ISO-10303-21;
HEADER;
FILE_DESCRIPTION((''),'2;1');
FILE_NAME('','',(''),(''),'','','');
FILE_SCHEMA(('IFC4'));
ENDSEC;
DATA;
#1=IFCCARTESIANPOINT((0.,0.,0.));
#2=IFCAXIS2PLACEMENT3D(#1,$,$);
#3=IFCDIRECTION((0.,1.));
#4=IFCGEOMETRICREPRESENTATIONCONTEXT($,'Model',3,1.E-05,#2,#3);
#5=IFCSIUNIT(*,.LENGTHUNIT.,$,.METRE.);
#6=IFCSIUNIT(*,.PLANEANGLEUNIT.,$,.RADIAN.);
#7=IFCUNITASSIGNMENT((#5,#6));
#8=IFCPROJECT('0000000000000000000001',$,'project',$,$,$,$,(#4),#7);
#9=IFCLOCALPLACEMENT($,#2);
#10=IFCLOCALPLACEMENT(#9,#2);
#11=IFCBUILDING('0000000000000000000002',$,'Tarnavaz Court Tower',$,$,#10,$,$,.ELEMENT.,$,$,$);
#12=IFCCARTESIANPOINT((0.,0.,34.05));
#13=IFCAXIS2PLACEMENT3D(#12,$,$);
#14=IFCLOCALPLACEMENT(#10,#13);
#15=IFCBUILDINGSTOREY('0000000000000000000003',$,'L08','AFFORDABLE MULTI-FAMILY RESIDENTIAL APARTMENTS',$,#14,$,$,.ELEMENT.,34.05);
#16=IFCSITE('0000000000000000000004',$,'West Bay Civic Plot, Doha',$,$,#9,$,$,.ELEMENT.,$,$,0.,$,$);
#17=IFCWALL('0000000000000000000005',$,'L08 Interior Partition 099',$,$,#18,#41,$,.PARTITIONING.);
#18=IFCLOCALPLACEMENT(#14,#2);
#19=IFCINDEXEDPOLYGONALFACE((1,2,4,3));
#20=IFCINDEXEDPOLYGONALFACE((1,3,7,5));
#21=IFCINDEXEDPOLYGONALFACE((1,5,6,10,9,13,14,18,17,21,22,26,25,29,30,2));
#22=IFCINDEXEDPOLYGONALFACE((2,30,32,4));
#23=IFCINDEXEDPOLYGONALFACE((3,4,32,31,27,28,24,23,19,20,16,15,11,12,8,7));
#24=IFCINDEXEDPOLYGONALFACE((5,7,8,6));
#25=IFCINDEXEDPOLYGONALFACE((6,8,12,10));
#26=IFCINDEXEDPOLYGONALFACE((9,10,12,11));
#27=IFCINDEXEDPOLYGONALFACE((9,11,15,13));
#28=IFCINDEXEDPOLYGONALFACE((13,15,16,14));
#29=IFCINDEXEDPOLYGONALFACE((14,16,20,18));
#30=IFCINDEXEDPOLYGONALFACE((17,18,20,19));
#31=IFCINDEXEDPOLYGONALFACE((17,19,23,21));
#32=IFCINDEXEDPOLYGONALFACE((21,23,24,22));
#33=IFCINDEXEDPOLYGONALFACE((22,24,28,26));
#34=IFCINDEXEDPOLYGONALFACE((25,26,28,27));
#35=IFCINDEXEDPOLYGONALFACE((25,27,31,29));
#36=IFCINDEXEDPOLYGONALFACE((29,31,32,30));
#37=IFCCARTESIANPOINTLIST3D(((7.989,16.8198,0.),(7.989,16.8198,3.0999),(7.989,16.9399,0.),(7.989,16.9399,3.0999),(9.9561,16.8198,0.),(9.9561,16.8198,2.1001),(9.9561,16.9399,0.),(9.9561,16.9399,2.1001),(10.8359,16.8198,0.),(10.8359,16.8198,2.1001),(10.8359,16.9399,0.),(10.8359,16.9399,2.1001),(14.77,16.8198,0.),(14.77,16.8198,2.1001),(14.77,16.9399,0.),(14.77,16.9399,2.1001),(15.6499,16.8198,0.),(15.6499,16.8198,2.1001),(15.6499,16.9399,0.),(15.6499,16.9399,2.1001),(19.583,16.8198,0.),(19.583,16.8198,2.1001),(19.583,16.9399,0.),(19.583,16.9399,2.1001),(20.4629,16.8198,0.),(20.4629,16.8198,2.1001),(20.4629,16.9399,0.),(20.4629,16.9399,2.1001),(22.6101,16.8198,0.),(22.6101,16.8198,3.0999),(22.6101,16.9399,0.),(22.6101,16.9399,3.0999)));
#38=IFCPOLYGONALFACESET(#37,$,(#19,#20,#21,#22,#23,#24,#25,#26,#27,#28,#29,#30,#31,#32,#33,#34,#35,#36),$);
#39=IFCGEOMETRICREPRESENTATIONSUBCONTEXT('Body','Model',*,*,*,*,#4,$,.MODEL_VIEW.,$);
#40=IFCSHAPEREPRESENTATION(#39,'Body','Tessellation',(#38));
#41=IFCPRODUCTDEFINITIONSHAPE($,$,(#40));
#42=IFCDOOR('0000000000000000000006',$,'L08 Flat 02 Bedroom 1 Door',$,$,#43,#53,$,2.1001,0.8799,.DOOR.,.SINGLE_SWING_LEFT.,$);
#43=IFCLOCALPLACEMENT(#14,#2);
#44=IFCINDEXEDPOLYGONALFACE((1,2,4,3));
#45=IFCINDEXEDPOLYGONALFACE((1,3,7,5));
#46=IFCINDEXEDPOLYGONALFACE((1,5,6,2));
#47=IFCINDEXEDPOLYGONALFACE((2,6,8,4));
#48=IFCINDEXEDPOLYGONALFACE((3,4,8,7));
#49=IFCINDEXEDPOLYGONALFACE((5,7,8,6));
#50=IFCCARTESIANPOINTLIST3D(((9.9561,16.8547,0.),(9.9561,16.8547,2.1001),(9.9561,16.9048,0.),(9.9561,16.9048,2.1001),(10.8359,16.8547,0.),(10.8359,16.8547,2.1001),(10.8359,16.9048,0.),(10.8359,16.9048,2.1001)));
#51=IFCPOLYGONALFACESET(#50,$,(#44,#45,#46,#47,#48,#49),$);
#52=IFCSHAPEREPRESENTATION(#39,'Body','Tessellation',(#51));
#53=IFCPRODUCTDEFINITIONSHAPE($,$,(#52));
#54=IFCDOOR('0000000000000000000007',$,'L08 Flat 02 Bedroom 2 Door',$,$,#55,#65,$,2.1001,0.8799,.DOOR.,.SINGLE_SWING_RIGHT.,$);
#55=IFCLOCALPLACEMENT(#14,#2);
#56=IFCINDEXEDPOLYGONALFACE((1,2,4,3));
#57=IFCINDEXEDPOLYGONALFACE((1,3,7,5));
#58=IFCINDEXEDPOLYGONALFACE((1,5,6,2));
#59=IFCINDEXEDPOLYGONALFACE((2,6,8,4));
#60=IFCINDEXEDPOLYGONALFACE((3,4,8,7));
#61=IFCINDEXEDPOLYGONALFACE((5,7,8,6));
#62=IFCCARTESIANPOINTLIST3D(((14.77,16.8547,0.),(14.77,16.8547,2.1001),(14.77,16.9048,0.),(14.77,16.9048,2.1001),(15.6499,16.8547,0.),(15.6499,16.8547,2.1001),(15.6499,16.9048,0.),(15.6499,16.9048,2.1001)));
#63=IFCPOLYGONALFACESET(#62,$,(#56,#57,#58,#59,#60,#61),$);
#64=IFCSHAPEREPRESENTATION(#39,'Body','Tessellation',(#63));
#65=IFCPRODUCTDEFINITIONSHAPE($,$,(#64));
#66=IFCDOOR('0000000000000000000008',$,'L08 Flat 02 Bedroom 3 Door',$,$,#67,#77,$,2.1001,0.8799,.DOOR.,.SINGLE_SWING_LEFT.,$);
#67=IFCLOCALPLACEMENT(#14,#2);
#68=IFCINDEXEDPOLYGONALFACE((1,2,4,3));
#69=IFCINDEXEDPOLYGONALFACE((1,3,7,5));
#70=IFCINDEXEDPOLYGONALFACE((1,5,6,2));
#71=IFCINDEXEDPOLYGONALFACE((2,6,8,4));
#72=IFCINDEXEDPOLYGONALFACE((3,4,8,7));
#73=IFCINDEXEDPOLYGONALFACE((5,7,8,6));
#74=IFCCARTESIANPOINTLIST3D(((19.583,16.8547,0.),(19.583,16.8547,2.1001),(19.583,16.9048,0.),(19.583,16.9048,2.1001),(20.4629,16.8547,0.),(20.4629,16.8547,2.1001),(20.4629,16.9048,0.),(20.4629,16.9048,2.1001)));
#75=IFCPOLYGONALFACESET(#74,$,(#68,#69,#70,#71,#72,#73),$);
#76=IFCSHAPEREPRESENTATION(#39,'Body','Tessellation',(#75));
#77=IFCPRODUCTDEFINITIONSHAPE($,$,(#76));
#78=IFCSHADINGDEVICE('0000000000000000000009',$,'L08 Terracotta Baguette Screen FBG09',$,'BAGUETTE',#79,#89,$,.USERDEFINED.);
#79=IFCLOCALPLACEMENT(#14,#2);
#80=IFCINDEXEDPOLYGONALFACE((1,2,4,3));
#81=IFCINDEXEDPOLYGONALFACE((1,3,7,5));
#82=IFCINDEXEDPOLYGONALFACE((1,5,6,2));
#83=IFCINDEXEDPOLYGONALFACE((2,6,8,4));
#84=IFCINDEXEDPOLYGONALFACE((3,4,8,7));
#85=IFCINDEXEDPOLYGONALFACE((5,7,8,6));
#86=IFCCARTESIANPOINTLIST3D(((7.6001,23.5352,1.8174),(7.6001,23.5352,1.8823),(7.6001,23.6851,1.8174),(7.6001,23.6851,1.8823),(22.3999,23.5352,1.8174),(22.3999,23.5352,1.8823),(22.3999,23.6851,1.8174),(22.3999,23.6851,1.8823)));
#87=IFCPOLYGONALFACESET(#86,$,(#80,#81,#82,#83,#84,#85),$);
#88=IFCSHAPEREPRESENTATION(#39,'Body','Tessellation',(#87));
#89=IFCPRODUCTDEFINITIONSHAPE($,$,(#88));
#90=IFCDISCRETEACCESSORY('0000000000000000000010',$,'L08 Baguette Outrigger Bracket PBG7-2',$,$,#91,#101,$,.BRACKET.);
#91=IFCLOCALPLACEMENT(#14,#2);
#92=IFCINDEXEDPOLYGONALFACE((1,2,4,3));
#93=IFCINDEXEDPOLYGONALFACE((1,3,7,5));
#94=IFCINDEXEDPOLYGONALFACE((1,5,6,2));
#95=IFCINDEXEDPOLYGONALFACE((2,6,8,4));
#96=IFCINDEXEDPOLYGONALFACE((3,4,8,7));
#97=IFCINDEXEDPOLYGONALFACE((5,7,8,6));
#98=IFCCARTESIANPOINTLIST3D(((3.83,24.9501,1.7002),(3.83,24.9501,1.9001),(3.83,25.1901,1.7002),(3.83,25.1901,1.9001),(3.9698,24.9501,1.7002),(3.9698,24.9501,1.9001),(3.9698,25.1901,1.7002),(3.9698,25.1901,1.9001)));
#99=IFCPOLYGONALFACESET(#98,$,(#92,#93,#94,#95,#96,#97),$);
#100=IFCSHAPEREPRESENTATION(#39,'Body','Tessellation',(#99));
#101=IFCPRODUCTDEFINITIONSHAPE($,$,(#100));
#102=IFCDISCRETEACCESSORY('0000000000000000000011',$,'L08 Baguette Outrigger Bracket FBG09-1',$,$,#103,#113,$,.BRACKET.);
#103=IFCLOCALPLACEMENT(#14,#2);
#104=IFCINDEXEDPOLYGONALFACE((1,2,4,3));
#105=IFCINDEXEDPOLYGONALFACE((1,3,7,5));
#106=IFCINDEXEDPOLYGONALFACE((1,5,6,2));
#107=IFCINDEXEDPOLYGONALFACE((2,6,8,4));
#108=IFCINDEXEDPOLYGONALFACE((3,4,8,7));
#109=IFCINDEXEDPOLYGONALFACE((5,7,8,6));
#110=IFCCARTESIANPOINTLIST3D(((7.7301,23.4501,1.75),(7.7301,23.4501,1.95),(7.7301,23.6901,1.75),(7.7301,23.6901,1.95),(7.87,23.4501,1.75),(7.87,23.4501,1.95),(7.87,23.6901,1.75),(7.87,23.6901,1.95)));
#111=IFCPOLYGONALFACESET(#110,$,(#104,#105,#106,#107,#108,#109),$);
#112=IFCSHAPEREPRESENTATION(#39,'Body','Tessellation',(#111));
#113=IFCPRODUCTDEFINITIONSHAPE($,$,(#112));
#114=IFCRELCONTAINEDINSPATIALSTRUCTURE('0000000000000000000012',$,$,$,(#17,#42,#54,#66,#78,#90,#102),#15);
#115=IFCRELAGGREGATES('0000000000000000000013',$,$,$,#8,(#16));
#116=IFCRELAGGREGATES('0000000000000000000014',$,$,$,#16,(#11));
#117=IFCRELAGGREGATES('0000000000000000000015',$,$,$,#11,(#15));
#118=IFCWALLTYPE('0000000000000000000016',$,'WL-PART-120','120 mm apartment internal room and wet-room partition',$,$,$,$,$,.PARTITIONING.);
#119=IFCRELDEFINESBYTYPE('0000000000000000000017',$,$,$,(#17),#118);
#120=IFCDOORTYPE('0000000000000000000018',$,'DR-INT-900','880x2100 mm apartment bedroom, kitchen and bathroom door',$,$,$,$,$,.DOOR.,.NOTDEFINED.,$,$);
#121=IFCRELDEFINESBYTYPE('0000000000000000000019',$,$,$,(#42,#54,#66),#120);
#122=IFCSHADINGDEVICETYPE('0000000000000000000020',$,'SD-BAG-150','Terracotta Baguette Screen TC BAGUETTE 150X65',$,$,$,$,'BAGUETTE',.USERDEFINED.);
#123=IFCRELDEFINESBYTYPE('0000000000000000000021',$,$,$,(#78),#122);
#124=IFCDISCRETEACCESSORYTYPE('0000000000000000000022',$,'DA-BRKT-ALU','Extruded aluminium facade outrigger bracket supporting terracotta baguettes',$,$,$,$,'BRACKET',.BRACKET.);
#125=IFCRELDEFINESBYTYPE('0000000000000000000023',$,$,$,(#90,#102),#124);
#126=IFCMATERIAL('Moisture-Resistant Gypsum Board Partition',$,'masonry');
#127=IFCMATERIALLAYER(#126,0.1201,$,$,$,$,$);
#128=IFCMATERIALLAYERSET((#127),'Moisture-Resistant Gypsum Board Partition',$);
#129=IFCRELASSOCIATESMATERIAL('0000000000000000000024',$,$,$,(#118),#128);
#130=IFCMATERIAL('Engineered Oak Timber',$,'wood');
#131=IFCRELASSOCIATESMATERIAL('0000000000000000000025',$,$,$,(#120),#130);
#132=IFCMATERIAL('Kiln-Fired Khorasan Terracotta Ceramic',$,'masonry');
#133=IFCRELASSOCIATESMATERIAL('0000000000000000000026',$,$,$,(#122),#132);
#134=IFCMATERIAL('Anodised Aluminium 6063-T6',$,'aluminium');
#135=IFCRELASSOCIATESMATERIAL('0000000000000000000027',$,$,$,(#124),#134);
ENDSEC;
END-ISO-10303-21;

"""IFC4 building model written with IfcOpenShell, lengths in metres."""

from ifc_helpers import new_model, si_unit, direction, frame, frame_2d, origin, origin_2d, place, context, subcontext, project, spatial, rectangle, extrude, material, layer, layer_set, material_profile, profile_set, type_object, element, fill, save


model = new_model("IFC4")

# Units and contexts
model_context = context("Model", 3, precision=1e-05, world=origin(), true_north=direction((0.0, 1.0)))
body_context = subcontext(model_context, "Body", "Model", "MODEL_VIEW")
ifc_project = project(units=[si_unit("LENGTHUNIT", "METRE"), si_unit("PLANEANGLEUNIT", "RADIAN")], contexts=[model_context])

# Site, building, storey
site_placement = place(None, origin())
site = spatial("IfcSite", under=ifc_project, at=site_placement, Name="West Bay Civic Plot, Doha", CompositionType="ELEMENT", RefElevation=0.0)
building_placement = place(site_placement, origin())
building = spatial("IfcBuilding", under=site, at=building_placement, Name="Tarnavaz Court Tower", CompositionType="ELEMENT")
storey_placement = place(building_placement, frame((0.0, 0.0, 34.05)))
storey = spatial("IfcBuildingStorey", under=building, at=storey_placement, Name="L08", Description="AFFORDABLE MULTI-FAMILY RESIDENTIAL APARTMENTS", CompositionType="ELEMENT", Elevation=34.05)

# Shared definitions
ifc_material_1 = material(Name="Anodised Aluminium 6063-T6", Category="aluminium")

# Shared definitions
ifc_material_2 = material(Name="Moisture-Resistant Gypsum Board Partition", Category="masonry")
ifc_layer_1 = layer(ifc_material_2, 0.1201)
ifc_layer_set_1 = layer_set([ifc_layer_1], Name="Moisture-Resistant Gypsum Board Partition")
wall_type_1 = type_object("IfcWallType", Name="WL-PART-120", Description="120 mm apartment internal room and wet-room partition", PredefinedType="PARTITIONING", material=ifc_layer_set_1)
ifc_material_3 = material(Name="Engineered Oak Timber", Category="wood")
door_type = type_object("IfcDoorType", Name="DR-INT-900", Description="880x2100 mm apartment bedroom, kitchen and bathroom door", OperationType="NOTDEFINED", PredefinedType="DOOR", material=ifc_material_3)

# Wall, openings, doors
wall_1_placement = place(storey_placement, frame((7.989, 16.8799, 0.0), z_axis=(0.0, 0.0, 1.0), x_axis=(1.0, 0.0, 0.0)))
wall_1 = element("IfcWall", 1, at=wall_1_placement, inside=storey, type_object=wall_type_1, Name="L08 Interior Partition 099", PredefinedType="PARTITIONING", context=body_context, shape_type="SweptSolid", body=[
    extrude(rectangle(XDim=14.6211, YDim=0.1201, at=frame_2d((7.3105, 0.0))), origin(), (0.0, 0.0, 1.0), 3.0999),
])
opening_1_placement = place(wall_1_placement, frame((1.967, 0.0, 0.0)))
opening_1 = element("IfcOpeningElement", 2, at=opening_1_placement, cuts=wall_1, PredefinedType="OPENING", context=body_context, shape_type="SweptSolid", body=[
    extrude(rectangle(XDim=0.8799, YDim=2.1001, at=frame_2d((0.4399, 1.05))), frame((0.0, 0.0701, 0.0), z_axis=(0.0, -1.0, 0.0), x_axis=(1.0, 0.0, 0.0)), (0.0, 0.0, 1.0), 0.1401),
])
opening_2_placement = place(wall_1_placement, frame((6.781, 0.0, 0.0)))
opening_2 = element("IfcOpeningElement", 3, at=opening_2_placement, cuts=wall_1, PredefinedType="OPENING", context=body_context, shape_type="SweptSolid", body=[
    extrude(rectangle(XDim=0.8799, YDim=2.1001, at=frame_2d((0.4399, 1.05))), frame((0.0, 0.0701, 0.0), z_axis=(0.0, -1.0, 0.0), x_axis=(1.0, 0.0, 0.0)), (0.0, 0.0, 1.0), 0.1401),
])
opening_3_placement = place(wall_1_placement, frame((11.594, 0.0, 0.0)))
opening_3 = element("IfcOpeningElement", 4, at=opening_3_placement, cuts=wall_1, PredefinedType="OPENING", context=body_context, shape_type="SweptSolid", body=[
    extrude(rectangle(XDim=0.8799, YDim=2.1001, at=frame_2d((0.4399, 1.05))), frame((0.0, 0.0701, 0.0), z_axis=(0.0, -1.0, 0.0), x_axis=(1.0, 0.0, 0.0)), (0.0, 0.0, 1.0), 0.1401),
])
door_1_placement = place(opening_1_placement, origin())
door_1 = element("IfcDoor", 5, at=door_1_placement, inside=storey, type_object=door_type, Name="L08 Flat 02 Bedroom 1 Door", OperationType="SINGLE_SWING_LEFT", OverallHeight=2.1001, OverallWidth=0.8799, PredefinedType="DOOR", context=body_context, shape_type="SweptSolid", body=[
    extrude(rectangle(XDim=0.8799, YDim=2.1001, at=frame_2d((0.4399, 1.05))), frame((0.0, 0.0249, 0.0), z_axis=(0.0, -1.0, 0.0), x_axis=(1.0, 0.0, 0.0)), (0.0, 0.0, 1.0), 0.05),
])
fill(opening_1, door_1)
door_2_placement = place(opening_2_placement, origin())
door_2 = element("IfcDoor", 6, at=door_2_placement, inside=storey, type_object=door_type, Name="L08 Flat 02 Bedroom 2 Door", OperationType="SINGLE_SWING_RIGHT", OverallHeight=2.1001, OverallWidth=0.8799, PredefinedType="DOOR", context=body_context, shape_type="SweptSolid", body=[
    extrude(rectangle(XDim=0.8799, YDim=2.1001, at=frame_2d((0.4399, 1.05))), frame((0.0, 0.0249, 0.0), z_axis=(0.0, -1.0, 0.0), x_axis=(1.0, 0.0, 0.0)), (0.0, 0.0, 1.0), 0.05),
])
fill(opening_2, door_2)
door_3_placement = place(opening_3_placement, origin())
door_3 = element("IfcDoor", 7, at=door_3_placement, inside=storey, type_object=door_type, Name="L08 Flat 02 Bedroom 3 Door", OperationType="SINGLE_SWING_LEFT", OverallHeight=2.1001, OverallWidth=0.8799, PredefinedType="DOOR", context=body_context, shape_type="SweptSolid", body=[
    extrude(rectangle(XDim=0.8799, YDim=2.1001, at=frame_2d((0.4399, 1.05))), frame((0.0, 0.0249, 0.0), z_axis=(0.0, -1.0, 0.0), x_axis=(1.0, 0.0, 0.0)), (0.0, 0.0, 1.0), 0.05),
])
fill(opening_3, door_3)

# Shading device
ifc_material_4 = material(Name="Kiln-Fired Khorasan Terracotta Ceramic", Category="masonry")
ifc_material_profile_1 = material_profile(ifc_material_4, rectangle(XDim=0.1499, YDim=0.0649, at=origin_2d()), Name="TC BAGUETTE 150X65")
ifc_profile_set_1 = profile_set([ifc_material_profile_1], Name="Kiln-Fired Khorasan Terracotta Ceramic")
shading_device_type = type_object("IfcShadingDeviceType", Name="SD-BAG-150", Description="Terracotta Baguette Screen TC BAGUETTE 150X65", ElementType="BAGUETTE", PredefinedType="USERDEFINED", material=ifc_profile_set_1)
shading_device_placement = place(storey_placement, frame((7.6001, 23.6101, 1.8499), z_axis=(1.0, 0.0, 0.0), x_axis=(0.0, 1.0, 0.0)))
element("IfcShadingDevice", 8, at=shading_device_placement, inside=storey, type_object=shading_device_type, Name="L08 Terracotta Baguette Screen FBG09", ObjectType="BAGUETTE", PredefinedType="USERDEFINED", context=body_context, shape_type="SweptSolid", body=[
    extrude(rectangle(XDim=0.1499, YDim=0.0649, at=origin_2d()), origin(), (0.0, 0.0, 1.0), 14.7998),
])

# Discrete accessories
discrete_accessory_type = type_object("IfcDiscreteAccessoryType", Name="DA-BRKT-ALU", Description="Extruded aluminium facade outrigger bracket supporting terracotta baguettes", ElementType="BRACKET", PredefinedType="BRACKET", material=ifc_material_1)
for number, where, z_axis, x_axis, name in (
    (9, (3.8999, 25.0701, 1.7002), (0.0, 0.0, 1.0), (1.0, 0.0, 0.0), "L08 Baguette Outrigger Bracket PBG7-2"),
    (10, (7.8, 23.5701, 1.75), (0.0, 0.0, 1.0), (1.0, 0.0, 0.0), "L08 Baguette Outrigger Bracket FBG09-1"),
):
    element("IfcDiscreteAccessory", number, at=place(storey_placement, frame(where, z_axis=z_axis, x_axis=x_axis)), inside=storey, type_object=discrete_accessory_type, Name=name, PredefinedType="BRACKET", context=body_context, shape_type="SweptSolid", body=[
        extrude(rectangle(XDim=0.1399, YDim=0.24, at=origin_2d()), origin(), (0.0, 0.0, 1.0), 0.2),
    ])

save(model, "model.ifc")
